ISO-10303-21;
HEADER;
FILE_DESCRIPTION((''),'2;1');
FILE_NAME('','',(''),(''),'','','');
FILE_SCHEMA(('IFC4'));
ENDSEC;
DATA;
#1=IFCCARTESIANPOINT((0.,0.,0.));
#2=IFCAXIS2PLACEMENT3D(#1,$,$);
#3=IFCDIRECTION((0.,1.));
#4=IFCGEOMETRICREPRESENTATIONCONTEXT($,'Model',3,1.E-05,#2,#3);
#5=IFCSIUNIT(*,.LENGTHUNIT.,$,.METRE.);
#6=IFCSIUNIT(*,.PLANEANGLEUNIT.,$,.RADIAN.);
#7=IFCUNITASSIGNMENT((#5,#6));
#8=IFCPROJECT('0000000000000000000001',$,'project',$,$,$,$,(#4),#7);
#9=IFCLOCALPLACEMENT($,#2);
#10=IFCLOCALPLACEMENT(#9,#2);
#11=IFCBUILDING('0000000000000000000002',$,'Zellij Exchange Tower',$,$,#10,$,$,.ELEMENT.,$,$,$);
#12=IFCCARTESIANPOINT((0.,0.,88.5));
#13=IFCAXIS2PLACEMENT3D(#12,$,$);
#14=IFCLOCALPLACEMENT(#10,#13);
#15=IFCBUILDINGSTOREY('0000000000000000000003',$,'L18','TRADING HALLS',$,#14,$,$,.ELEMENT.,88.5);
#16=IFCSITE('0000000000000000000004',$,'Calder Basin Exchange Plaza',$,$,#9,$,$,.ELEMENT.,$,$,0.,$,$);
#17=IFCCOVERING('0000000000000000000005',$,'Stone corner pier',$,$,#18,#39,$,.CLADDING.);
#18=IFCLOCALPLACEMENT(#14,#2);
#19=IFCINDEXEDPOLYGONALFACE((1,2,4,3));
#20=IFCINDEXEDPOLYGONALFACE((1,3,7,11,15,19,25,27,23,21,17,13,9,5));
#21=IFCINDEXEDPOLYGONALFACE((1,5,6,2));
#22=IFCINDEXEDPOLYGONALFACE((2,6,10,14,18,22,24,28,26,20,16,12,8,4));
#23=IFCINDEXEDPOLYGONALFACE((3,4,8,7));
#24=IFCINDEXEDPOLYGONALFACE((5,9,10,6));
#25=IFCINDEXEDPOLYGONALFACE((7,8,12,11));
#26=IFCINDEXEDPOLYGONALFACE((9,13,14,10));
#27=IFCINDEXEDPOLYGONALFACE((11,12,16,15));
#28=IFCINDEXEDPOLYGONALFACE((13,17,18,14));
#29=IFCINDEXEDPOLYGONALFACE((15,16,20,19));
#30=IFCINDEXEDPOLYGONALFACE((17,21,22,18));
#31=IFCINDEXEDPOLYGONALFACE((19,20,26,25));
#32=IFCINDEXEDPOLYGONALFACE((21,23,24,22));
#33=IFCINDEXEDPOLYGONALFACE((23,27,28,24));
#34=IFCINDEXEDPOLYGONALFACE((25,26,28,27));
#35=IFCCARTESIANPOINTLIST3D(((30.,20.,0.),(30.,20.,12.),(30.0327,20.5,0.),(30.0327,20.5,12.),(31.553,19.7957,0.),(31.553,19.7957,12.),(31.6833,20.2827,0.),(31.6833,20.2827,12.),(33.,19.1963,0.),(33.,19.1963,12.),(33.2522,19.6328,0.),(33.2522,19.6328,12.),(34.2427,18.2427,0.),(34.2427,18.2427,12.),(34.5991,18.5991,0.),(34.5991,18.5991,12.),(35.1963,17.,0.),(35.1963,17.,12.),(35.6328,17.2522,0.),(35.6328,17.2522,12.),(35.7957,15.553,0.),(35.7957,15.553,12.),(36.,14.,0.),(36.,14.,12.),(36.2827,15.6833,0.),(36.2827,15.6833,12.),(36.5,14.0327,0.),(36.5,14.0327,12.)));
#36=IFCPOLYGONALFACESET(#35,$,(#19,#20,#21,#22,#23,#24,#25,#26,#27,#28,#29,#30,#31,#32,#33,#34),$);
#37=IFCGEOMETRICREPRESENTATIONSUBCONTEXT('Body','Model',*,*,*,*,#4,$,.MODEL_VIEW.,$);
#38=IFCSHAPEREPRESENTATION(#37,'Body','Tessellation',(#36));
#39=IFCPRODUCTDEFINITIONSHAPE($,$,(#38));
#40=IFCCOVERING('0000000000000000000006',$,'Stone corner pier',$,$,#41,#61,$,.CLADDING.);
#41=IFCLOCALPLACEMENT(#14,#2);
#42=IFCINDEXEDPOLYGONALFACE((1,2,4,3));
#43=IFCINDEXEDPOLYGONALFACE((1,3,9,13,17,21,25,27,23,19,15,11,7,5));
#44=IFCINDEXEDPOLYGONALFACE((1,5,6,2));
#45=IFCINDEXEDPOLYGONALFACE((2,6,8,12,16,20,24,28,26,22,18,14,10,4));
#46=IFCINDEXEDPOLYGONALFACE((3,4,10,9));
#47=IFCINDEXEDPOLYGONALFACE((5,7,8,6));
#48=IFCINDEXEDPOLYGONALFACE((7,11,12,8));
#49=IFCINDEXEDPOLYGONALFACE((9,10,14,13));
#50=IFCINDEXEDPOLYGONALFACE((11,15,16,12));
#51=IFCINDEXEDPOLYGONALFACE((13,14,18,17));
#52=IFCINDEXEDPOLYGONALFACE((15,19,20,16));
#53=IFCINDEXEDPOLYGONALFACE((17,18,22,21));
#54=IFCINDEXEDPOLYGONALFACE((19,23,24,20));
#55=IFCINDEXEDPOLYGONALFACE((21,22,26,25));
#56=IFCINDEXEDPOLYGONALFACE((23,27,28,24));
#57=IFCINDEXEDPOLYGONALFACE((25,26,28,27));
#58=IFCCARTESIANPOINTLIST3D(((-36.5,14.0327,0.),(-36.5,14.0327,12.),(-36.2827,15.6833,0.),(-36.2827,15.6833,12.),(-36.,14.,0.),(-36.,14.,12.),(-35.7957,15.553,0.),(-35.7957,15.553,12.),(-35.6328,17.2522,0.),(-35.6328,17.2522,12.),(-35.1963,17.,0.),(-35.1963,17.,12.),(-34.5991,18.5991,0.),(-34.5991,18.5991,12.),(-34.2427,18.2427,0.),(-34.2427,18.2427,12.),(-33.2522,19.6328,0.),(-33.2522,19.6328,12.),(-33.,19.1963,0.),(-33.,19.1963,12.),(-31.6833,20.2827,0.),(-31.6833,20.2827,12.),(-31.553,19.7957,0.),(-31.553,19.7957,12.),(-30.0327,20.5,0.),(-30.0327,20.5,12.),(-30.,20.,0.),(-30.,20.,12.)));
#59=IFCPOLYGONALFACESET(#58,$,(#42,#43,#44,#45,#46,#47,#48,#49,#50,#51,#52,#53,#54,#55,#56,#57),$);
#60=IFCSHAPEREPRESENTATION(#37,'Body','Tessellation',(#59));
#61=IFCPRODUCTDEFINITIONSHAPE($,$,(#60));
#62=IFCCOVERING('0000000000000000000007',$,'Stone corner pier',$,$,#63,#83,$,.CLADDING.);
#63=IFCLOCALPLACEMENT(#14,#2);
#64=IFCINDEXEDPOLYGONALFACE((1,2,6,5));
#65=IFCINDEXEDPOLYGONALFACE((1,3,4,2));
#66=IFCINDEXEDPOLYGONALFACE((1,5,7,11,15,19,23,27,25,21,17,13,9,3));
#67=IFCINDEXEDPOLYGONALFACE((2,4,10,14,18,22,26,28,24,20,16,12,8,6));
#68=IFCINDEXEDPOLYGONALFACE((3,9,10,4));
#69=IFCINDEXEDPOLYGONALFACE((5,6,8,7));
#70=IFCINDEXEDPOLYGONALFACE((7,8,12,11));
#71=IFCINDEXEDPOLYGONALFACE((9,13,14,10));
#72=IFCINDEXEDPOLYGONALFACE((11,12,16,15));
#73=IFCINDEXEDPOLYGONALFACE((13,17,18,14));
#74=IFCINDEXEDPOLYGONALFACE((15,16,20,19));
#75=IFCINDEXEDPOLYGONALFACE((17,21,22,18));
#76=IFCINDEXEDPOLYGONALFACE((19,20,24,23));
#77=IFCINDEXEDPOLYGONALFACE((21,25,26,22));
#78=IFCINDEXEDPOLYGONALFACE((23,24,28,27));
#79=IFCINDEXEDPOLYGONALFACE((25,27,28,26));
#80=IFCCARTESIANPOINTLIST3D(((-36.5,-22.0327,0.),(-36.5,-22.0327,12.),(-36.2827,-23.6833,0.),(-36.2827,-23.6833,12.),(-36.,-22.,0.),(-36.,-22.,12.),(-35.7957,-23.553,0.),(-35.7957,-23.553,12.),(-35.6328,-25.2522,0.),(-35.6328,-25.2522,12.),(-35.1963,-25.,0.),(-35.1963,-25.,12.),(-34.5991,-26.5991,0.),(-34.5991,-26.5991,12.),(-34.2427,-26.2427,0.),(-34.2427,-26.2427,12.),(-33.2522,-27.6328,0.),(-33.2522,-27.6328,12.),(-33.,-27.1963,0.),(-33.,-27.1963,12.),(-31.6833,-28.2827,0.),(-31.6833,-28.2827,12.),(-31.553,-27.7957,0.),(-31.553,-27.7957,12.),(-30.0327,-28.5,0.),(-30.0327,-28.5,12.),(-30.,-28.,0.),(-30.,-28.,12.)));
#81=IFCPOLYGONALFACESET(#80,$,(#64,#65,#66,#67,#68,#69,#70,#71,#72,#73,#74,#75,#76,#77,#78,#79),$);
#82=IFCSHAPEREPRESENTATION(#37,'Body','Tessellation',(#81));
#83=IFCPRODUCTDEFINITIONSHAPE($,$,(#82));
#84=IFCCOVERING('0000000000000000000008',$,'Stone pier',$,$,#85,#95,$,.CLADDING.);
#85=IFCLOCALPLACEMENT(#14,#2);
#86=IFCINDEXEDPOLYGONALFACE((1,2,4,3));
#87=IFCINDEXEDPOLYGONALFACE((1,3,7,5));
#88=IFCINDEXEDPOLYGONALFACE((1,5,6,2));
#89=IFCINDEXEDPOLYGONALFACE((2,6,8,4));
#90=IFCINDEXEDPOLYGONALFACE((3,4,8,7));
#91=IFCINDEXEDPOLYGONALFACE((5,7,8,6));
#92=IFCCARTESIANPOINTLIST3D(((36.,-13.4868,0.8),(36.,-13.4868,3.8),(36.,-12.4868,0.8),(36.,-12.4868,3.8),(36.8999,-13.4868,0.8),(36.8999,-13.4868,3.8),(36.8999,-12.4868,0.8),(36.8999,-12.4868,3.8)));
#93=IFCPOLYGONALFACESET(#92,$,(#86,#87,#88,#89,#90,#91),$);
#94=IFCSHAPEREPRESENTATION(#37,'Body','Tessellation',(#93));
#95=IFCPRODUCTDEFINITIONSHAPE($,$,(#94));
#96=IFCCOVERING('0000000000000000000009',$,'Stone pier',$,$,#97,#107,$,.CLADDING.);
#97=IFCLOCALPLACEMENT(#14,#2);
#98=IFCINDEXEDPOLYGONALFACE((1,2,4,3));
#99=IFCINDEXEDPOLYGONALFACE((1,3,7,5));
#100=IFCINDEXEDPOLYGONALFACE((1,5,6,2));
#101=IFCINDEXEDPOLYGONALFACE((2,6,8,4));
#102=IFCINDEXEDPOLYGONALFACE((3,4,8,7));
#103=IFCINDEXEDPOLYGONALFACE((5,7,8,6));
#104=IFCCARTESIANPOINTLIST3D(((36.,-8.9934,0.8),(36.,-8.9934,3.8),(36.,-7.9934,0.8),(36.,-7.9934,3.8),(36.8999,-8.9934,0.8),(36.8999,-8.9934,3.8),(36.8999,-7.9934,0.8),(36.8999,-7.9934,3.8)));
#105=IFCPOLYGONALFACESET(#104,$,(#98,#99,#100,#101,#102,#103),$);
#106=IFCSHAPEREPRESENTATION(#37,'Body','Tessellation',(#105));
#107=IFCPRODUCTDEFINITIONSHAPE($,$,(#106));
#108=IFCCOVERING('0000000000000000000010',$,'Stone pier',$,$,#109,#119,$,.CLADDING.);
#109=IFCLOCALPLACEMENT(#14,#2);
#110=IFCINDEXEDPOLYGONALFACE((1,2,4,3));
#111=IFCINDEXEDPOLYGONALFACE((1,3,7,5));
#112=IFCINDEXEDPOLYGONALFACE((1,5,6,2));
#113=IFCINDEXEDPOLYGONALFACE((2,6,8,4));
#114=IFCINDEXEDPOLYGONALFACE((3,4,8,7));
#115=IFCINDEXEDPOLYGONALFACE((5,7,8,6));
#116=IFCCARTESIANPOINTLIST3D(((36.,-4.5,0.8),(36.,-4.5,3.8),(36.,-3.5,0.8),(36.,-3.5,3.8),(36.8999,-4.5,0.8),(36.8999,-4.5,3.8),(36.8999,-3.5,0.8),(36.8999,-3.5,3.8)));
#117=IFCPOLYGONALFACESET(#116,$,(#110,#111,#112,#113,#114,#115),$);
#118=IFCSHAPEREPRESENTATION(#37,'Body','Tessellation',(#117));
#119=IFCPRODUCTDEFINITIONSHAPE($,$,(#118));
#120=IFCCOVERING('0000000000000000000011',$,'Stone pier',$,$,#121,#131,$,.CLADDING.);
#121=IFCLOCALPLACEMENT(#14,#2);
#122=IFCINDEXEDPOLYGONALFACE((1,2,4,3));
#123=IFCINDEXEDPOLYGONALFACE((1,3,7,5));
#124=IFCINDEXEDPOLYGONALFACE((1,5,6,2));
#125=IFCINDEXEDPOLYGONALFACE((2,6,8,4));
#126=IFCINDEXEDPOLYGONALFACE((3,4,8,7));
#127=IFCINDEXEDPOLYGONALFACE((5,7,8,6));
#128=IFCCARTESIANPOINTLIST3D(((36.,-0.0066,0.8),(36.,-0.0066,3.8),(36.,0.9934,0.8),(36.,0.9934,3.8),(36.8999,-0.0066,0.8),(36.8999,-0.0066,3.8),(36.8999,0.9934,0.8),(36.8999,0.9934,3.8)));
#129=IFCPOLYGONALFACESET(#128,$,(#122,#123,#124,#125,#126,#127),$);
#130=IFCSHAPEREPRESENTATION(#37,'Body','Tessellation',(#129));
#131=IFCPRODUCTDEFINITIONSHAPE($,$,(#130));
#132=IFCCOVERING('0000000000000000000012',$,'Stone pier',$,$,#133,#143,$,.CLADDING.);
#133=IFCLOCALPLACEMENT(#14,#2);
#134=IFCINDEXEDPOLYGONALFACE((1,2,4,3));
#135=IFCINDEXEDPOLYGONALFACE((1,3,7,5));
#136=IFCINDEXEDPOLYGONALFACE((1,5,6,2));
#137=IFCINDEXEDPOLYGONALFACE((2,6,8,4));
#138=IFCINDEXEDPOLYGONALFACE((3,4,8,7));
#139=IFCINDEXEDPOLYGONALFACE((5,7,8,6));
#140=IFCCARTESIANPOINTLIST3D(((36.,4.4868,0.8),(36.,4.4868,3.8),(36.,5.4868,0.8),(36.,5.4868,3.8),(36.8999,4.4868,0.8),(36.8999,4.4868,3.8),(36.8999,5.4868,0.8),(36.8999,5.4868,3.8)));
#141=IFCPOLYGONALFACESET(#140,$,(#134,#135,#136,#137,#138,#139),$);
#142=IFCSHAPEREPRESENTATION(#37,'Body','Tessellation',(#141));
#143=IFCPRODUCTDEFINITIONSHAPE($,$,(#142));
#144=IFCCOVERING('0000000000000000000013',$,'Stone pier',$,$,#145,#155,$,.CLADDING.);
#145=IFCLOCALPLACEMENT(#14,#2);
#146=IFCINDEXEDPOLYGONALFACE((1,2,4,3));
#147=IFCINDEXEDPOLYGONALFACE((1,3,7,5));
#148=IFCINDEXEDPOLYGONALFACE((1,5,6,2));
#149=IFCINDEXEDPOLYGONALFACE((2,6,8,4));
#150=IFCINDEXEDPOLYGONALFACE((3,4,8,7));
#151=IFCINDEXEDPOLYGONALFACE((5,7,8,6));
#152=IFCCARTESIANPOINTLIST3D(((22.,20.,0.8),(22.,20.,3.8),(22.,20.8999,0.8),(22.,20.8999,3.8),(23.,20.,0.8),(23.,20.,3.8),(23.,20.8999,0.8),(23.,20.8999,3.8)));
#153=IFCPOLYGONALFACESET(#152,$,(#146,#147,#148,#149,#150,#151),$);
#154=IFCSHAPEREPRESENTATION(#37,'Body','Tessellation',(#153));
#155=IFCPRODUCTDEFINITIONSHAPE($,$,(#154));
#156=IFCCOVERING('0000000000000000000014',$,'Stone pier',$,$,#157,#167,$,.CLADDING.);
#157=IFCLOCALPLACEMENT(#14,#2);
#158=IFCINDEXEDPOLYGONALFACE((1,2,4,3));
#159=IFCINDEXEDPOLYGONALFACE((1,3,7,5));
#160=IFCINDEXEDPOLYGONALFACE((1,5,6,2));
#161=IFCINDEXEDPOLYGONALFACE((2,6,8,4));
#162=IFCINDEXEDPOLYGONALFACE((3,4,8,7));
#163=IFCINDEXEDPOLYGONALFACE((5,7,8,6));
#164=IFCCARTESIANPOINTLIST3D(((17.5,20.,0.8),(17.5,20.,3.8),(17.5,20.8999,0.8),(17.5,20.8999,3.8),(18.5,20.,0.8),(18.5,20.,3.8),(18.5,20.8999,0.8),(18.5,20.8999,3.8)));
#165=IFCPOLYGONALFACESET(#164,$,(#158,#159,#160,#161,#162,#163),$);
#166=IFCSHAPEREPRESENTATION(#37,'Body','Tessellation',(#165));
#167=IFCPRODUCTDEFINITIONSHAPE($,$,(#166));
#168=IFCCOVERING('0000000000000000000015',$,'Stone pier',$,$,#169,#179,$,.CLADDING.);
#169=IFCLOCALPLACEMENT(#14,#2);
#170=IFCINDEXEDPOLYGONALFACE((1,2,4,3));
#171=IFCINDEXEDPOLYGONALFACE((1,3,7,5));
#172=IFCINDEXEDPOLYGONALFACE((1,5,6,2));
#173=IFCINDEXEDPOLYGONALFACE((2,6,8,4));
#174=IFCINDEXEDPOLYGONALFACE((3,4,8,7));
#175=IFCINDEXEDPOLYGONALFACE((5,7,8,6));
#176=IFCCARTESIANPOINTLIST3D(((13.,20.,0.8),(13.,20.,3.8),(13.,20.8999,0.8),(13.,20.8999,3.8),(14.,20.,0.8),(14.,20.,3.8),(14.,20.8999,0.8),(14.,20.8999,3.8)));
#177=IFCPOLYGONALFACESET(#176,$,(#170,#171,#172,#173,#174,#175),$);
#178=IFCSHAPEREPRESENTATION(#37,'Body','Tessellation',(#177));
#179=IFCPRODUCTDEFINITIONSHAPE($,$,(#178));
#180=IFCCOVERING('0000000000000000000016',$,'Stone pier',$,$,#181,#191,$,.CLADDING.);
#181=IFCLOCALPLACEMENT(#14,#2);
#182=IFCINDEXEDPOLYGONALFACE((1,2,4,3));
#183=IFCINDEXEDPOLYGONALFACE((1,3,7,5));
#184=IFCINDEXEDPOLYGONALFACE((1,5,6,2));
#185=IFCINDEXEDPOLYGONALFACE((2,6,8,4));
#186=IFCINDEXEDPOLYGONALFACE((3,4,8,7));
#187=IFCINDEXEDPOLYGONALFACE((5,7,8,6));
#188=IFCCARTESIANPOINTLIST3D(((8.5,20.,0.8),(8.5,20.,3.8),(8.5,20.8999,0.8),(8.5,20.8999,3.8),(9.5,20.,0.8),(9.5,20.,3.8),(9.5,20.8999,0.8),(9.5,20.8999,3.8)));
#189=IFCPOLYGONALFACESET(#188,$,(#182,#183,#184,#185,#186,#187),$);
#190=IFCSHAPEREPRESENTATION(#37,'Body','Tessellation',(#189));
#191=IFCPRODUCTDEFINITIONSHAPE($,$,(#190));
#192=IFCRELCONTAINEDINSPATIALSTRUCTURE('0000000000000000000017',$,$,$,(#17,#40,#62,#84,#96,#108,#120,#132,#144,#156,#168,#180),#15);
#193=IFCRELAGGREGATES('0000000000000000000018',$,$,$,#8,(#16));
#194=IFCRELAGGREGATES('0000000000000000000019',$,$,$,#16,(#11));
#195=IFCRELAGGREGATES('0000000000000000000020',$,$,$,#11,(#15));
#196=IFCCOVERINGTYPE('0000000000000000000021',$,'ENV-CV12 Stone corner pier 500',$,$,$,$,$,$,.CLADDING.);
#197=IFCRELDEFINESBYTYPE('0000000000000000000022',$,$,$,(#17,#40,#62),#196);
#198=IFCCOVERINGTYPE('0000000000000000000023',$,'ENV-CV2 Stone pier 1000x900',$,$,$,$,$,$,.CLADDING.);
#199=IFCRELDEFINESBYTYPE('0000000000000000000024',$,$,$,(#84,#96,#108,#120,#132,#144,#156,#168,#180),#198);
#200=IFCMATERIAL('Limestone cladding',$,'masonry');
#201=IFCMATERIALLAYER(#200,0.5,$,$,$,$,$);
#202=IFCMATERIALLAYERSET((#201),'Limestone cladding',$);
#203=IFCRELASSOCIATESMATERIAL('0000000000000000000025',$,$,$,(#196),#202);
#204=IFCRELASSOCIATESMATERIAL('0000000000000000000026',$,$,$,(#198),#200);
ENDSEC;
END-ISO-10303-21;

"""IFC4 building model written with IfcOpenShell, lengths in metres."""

from ifc_helpers import new_model, si_unit, direction, frame, origin, place, context, subcontext, project, spatial, polyline, outline, extrude, material, layer, layer_set, type_object, element, save


model = new_model("IFC4")

# Units and contexts
model_context = context("Model", 3, precision=1e-05, world=origin(), true_north=direction((0.0, 1.0)))
body_context = subcontext(model_context, "Body", "Model", "MODEL_VIEW")
ifc_project = project(units=[si_unit("LENGTHUNIT", "METRE"), si_unit("PLANEANGLEUNIT", "RADIAN")], contexts=[model_context])

# Site, building, storey
site_placement = place(None, origin())
site = spatial("IfcSite", under=ifc_project, at=site_placement, Name="Calder Basin Exchange Plaza", CompositionType="ELEMENT", RefElevation=0.0)
building_placement = place(site_placement, origin())
building = spatial("IfcBuilding", under=site, at=building_placement, Name="Zellij Exchange Tower", CompositionType="ELEMENT")
storey_placement = place(building_placement, frame((0.0, 0.0, 88.5)))
storey = spatial("IfcBuildingStorey", under=building, at=storey_placement, Name="L18", Description="TRADING HALLS", CompositionType="ELEMENT", Elevation=88.5)

# Coverings
ifc_material_1 = material(Name="Limestone cladding", Category="masonry")
ifc_layer_1 = layer(ifc_material_1, 0.5)
ifc_layer_set_1 = layer_set([ifc_layer_1], Name="Limestone cladding")
covering_type_1 = type_object("IfcCoveringType", Name="ENV-CV12 Stone corner pier 500", PredefinedType="CLADDING", material=ifc_layer_set_1)
covering_1_placement = place(storey_placement, origin())
element("IfcCovering", 1, at=covering_1_placement, inside=storey, type_object=covering_type_1, Name="Stone corner pier", PredefinedType="CLADDING", context=body_context, shape_type="SweptSolid", body=[
    extrude(outline(polyline([(36.0, 14.0), (35.7957, 15.553), (35.1963, 17.0), (34.2427, 18.2427), (33.0, 19.1963), (31.553, 19.7957), (30.0, 20.0), (30.0327, 20.5), (31.6833, 20.2827), (33.2522, 19.6328), (34.5991, 18.5991), (35.6328, 17.2522), (36.2827, 15.6833), (36.5, 14.0327), (36.0, 14.0)])), origin(), (0.0, 0.0, 1.0), 12.0),
])
covering_2_placement = place(storey_placement, origin())
element("IfcCovering", 2, at=covering_2_placement, inside=storey, type_object=covering_type_1, Name="Stone corner pier", PredefinedType="CLADDING", context=body_context, shape_type="SweptSolid", body=[
    extrude(outline(polyline([(-30.0, 20.0), (-31.553, 19.7957), (-33.0, 19.1963), (-34.2427, 18.2427), (-35.1963, 17.0), (-35.7957, 15.553), (-36.0, 14.0), (-36.5, 14.0327), (-36.2827, 15.6833), (-35.6328, 17.2522), (-34.5991, 18.5991), (-33.2522, 19.6328), (-31.6833, 20.2827), (-30.0327, 20.5), (-30.0, 20.0)])), origin(), (0.0, 0.0, 1.0), 12.0),
])
covering_3_placement = place(storey_placement, origin())
element("IfcCovering", 3, at=covering_3_placement, inside=storey, type_object=covering_type_1, Name="Stone corner pier", PredefinedType="CLADDING", context=body_context, shape_type="SweptSolid", body=[
    extrude(outline(polyline([(-36.0, -22.0), (-35.7957, -23.553), (-35.1963, -25.0), (-34.2427, -26.2427), (-33.0, -27.1963), (-31.553, -27.7957), (-30.0, -28.0), (-30.0327, -28.5), (-31.6833, -28.2827), (-33.2522, -27.6328), (-34.5991, -26.5991), (-35.6328, -25.2522), (-36.2827, -23.6833), (-36.5, -22.0327), (-36.0, -22.0)])), origin(), (0.0, 0.0, 1.0), 12.0),
])
covering_type_2 = type_object("IfcCoveringType", Name="ENV-CV2 Stone pier 1000x900", PredefinedType="CLADDING", material=ifc_material_1)
covering_4_placement = place(storey_placement, frame((0.0, 0.0, 0.8)))
element("IfcCovering", 4, at=covering_4_placement, inside=storey, type_object=covering_type_2, Name="Stone pier", PredefinedType="CLADDING", context=body_context, shape_type="SweptSolid", body=[
    extrude(outline(polyline([(36.0, -13.4868), (36.0, -12.4868), (36.8999, -12.4868), (36.8999, -13.4868), (36.0, -13.4868)])), origin(), (0.0, 0.0, 1.0), 3.0),
])
covering_5_placement = place(storey_placement, frame((0.0, 0.0, 0.8)))
element("IfcCovering", 5, at=covering_5_placement, inside=storey, type_object=covering_type_2, Name="Stone pier", PredefinedType="CLADDING", context=body_context, shape_type="SweptSolid", body=[
    extrude(outline(polyline([(36.0, -8.9934), (36.0, -7.9934), (36.8999, -7.9934), (36.8999, -8.9934), (36.0, -8.9934)])), origin(), (0.0, 0.0, 1.0), 3.0),
])
covering_6_placement = place(storey_placement, frame((0.0, 0.0, 0.8)))
element("IfcCovering", 6, at=covering_6_placement, inside=storey, type_object=covering_type_2, Name="Stone pier", PredefinedType="CLADDING", context=body_context, shape_type="SweptSolid", body=[
    extrude(outline(polyline([(36.0, -4.5), (36.0, -3.5), (36.8999, -3.5), (36.8999, -4.5), (36.0, -4.5)])), origin(), (0.0, 0.0, 1.0), 3.0),
])
covering_7_placement = place(storey_placement, frame((0.0, 0.0, 0.8)))
element("IfcCovering", 7, at=covering_7_placement, inside=storey, type_object=covering_type_2, Name="Stone pier", PredefinedType="CLADDING", context=body_context, shape_type="SweptSolid", body=[
    extrude(outline(polyline([(36.0, -0.0066), (36.0, 0.9934), (36.8999, 0.9934), (36.8999, -0.0066), (36.0, -0.0066)])), origin(), (0.0, 0.0, 1.0), 3.0),
])
covering_8_placement = place(storey_placement, frame((0.0, 0.0, 0.8)))
element("IfcCovering", 8, at=covering_8_placement, inside=storey, type_object=covering_type_2, Name="Stone pier", PredefinedType="CLADDING", context=body_context, shape_type="SweptSolid", body=[
    extrude(outline(polyline([(36.0, 4.4868), (36.0, 5.4868), (36.8999, 5.4868), (36.8999, 4.4868), (36.0, 4.4868)])), origin(), (0.0, 0.0, 1.0), 3.0),
])
covering_9_placement = place(storey_placement, frame((0.0, 0.0, 0.8)))
element("IfcCovering", 9, at=covering_9_placement, inside=storey, type_object=covering_type_2, Name="Stone pier", PredefinedType="CLADDING", context=body_context, shape_type="SweptSolid", body=[
    extrude(outline(polyline([(23.0, 20.0), (22.0, 20.0), (22.0, 20.8999), (23.0, 20.8999), (23.0, 20.0)])), origin(), (0.0, 0.0, 1.0), 3.0),
])
covering_10_placement = place(storey_placement, frame((0.0, 0.0, 0.8)))
element("IfcCovering", 10, at=covering_10_placement, inside=storey, type_object=covering_type_2, Name="Stone pier", PredefinedType="CLADDING", context=body_context, shape_type="SweptSolid", body=[
    extrude(outline(polyline([(18.5, 20.0), (17.5, 20.0), (17.5, 20.8999), (18.5, 20.8999), (18.5, 20.0)])), origin(), (0.0, 0.0, 1.0), 3.0),
])
covering_11_placement = place(storey_placement, frame((0.0, 0.0, 0.8)))
element("IfcCovering", 11, at=covering_11_placement, inside=storey, type_object=covering_type_2, Name="Stone pier", PredefinedType="CLADDING", context=body_context, shape_type="SweptSolid", body=[
    extrude(outline(polyline([(14.0, 20.0), (13.0, 20.0), (13.0, 20.8999), (14.0, 20.8999), (14.0, 20.0)])), origin(), (0.0, 0.0, 1.0), 3.0),
])
covering_12_placement = place(storey_placement, frame((0.0, 0.0, 0.8)))
element("IfcCovering", 12, at=covering_12_placement, inside=storey, type_object=covering_type_2, Name="Stone pier", PredefinedType="CLADDING", context=body_context, shape_type="SweptSolid", body=[
    extrude(outline(polyline([(9.5, 20.0), (8.5, 20.0), (8.5, 20.8999), (9.5, 20.8999), (9.5, 20.0)])), origin(), (0.0, 0.0, 1.0), 3.0),
])

save(model, "model.ifc")
